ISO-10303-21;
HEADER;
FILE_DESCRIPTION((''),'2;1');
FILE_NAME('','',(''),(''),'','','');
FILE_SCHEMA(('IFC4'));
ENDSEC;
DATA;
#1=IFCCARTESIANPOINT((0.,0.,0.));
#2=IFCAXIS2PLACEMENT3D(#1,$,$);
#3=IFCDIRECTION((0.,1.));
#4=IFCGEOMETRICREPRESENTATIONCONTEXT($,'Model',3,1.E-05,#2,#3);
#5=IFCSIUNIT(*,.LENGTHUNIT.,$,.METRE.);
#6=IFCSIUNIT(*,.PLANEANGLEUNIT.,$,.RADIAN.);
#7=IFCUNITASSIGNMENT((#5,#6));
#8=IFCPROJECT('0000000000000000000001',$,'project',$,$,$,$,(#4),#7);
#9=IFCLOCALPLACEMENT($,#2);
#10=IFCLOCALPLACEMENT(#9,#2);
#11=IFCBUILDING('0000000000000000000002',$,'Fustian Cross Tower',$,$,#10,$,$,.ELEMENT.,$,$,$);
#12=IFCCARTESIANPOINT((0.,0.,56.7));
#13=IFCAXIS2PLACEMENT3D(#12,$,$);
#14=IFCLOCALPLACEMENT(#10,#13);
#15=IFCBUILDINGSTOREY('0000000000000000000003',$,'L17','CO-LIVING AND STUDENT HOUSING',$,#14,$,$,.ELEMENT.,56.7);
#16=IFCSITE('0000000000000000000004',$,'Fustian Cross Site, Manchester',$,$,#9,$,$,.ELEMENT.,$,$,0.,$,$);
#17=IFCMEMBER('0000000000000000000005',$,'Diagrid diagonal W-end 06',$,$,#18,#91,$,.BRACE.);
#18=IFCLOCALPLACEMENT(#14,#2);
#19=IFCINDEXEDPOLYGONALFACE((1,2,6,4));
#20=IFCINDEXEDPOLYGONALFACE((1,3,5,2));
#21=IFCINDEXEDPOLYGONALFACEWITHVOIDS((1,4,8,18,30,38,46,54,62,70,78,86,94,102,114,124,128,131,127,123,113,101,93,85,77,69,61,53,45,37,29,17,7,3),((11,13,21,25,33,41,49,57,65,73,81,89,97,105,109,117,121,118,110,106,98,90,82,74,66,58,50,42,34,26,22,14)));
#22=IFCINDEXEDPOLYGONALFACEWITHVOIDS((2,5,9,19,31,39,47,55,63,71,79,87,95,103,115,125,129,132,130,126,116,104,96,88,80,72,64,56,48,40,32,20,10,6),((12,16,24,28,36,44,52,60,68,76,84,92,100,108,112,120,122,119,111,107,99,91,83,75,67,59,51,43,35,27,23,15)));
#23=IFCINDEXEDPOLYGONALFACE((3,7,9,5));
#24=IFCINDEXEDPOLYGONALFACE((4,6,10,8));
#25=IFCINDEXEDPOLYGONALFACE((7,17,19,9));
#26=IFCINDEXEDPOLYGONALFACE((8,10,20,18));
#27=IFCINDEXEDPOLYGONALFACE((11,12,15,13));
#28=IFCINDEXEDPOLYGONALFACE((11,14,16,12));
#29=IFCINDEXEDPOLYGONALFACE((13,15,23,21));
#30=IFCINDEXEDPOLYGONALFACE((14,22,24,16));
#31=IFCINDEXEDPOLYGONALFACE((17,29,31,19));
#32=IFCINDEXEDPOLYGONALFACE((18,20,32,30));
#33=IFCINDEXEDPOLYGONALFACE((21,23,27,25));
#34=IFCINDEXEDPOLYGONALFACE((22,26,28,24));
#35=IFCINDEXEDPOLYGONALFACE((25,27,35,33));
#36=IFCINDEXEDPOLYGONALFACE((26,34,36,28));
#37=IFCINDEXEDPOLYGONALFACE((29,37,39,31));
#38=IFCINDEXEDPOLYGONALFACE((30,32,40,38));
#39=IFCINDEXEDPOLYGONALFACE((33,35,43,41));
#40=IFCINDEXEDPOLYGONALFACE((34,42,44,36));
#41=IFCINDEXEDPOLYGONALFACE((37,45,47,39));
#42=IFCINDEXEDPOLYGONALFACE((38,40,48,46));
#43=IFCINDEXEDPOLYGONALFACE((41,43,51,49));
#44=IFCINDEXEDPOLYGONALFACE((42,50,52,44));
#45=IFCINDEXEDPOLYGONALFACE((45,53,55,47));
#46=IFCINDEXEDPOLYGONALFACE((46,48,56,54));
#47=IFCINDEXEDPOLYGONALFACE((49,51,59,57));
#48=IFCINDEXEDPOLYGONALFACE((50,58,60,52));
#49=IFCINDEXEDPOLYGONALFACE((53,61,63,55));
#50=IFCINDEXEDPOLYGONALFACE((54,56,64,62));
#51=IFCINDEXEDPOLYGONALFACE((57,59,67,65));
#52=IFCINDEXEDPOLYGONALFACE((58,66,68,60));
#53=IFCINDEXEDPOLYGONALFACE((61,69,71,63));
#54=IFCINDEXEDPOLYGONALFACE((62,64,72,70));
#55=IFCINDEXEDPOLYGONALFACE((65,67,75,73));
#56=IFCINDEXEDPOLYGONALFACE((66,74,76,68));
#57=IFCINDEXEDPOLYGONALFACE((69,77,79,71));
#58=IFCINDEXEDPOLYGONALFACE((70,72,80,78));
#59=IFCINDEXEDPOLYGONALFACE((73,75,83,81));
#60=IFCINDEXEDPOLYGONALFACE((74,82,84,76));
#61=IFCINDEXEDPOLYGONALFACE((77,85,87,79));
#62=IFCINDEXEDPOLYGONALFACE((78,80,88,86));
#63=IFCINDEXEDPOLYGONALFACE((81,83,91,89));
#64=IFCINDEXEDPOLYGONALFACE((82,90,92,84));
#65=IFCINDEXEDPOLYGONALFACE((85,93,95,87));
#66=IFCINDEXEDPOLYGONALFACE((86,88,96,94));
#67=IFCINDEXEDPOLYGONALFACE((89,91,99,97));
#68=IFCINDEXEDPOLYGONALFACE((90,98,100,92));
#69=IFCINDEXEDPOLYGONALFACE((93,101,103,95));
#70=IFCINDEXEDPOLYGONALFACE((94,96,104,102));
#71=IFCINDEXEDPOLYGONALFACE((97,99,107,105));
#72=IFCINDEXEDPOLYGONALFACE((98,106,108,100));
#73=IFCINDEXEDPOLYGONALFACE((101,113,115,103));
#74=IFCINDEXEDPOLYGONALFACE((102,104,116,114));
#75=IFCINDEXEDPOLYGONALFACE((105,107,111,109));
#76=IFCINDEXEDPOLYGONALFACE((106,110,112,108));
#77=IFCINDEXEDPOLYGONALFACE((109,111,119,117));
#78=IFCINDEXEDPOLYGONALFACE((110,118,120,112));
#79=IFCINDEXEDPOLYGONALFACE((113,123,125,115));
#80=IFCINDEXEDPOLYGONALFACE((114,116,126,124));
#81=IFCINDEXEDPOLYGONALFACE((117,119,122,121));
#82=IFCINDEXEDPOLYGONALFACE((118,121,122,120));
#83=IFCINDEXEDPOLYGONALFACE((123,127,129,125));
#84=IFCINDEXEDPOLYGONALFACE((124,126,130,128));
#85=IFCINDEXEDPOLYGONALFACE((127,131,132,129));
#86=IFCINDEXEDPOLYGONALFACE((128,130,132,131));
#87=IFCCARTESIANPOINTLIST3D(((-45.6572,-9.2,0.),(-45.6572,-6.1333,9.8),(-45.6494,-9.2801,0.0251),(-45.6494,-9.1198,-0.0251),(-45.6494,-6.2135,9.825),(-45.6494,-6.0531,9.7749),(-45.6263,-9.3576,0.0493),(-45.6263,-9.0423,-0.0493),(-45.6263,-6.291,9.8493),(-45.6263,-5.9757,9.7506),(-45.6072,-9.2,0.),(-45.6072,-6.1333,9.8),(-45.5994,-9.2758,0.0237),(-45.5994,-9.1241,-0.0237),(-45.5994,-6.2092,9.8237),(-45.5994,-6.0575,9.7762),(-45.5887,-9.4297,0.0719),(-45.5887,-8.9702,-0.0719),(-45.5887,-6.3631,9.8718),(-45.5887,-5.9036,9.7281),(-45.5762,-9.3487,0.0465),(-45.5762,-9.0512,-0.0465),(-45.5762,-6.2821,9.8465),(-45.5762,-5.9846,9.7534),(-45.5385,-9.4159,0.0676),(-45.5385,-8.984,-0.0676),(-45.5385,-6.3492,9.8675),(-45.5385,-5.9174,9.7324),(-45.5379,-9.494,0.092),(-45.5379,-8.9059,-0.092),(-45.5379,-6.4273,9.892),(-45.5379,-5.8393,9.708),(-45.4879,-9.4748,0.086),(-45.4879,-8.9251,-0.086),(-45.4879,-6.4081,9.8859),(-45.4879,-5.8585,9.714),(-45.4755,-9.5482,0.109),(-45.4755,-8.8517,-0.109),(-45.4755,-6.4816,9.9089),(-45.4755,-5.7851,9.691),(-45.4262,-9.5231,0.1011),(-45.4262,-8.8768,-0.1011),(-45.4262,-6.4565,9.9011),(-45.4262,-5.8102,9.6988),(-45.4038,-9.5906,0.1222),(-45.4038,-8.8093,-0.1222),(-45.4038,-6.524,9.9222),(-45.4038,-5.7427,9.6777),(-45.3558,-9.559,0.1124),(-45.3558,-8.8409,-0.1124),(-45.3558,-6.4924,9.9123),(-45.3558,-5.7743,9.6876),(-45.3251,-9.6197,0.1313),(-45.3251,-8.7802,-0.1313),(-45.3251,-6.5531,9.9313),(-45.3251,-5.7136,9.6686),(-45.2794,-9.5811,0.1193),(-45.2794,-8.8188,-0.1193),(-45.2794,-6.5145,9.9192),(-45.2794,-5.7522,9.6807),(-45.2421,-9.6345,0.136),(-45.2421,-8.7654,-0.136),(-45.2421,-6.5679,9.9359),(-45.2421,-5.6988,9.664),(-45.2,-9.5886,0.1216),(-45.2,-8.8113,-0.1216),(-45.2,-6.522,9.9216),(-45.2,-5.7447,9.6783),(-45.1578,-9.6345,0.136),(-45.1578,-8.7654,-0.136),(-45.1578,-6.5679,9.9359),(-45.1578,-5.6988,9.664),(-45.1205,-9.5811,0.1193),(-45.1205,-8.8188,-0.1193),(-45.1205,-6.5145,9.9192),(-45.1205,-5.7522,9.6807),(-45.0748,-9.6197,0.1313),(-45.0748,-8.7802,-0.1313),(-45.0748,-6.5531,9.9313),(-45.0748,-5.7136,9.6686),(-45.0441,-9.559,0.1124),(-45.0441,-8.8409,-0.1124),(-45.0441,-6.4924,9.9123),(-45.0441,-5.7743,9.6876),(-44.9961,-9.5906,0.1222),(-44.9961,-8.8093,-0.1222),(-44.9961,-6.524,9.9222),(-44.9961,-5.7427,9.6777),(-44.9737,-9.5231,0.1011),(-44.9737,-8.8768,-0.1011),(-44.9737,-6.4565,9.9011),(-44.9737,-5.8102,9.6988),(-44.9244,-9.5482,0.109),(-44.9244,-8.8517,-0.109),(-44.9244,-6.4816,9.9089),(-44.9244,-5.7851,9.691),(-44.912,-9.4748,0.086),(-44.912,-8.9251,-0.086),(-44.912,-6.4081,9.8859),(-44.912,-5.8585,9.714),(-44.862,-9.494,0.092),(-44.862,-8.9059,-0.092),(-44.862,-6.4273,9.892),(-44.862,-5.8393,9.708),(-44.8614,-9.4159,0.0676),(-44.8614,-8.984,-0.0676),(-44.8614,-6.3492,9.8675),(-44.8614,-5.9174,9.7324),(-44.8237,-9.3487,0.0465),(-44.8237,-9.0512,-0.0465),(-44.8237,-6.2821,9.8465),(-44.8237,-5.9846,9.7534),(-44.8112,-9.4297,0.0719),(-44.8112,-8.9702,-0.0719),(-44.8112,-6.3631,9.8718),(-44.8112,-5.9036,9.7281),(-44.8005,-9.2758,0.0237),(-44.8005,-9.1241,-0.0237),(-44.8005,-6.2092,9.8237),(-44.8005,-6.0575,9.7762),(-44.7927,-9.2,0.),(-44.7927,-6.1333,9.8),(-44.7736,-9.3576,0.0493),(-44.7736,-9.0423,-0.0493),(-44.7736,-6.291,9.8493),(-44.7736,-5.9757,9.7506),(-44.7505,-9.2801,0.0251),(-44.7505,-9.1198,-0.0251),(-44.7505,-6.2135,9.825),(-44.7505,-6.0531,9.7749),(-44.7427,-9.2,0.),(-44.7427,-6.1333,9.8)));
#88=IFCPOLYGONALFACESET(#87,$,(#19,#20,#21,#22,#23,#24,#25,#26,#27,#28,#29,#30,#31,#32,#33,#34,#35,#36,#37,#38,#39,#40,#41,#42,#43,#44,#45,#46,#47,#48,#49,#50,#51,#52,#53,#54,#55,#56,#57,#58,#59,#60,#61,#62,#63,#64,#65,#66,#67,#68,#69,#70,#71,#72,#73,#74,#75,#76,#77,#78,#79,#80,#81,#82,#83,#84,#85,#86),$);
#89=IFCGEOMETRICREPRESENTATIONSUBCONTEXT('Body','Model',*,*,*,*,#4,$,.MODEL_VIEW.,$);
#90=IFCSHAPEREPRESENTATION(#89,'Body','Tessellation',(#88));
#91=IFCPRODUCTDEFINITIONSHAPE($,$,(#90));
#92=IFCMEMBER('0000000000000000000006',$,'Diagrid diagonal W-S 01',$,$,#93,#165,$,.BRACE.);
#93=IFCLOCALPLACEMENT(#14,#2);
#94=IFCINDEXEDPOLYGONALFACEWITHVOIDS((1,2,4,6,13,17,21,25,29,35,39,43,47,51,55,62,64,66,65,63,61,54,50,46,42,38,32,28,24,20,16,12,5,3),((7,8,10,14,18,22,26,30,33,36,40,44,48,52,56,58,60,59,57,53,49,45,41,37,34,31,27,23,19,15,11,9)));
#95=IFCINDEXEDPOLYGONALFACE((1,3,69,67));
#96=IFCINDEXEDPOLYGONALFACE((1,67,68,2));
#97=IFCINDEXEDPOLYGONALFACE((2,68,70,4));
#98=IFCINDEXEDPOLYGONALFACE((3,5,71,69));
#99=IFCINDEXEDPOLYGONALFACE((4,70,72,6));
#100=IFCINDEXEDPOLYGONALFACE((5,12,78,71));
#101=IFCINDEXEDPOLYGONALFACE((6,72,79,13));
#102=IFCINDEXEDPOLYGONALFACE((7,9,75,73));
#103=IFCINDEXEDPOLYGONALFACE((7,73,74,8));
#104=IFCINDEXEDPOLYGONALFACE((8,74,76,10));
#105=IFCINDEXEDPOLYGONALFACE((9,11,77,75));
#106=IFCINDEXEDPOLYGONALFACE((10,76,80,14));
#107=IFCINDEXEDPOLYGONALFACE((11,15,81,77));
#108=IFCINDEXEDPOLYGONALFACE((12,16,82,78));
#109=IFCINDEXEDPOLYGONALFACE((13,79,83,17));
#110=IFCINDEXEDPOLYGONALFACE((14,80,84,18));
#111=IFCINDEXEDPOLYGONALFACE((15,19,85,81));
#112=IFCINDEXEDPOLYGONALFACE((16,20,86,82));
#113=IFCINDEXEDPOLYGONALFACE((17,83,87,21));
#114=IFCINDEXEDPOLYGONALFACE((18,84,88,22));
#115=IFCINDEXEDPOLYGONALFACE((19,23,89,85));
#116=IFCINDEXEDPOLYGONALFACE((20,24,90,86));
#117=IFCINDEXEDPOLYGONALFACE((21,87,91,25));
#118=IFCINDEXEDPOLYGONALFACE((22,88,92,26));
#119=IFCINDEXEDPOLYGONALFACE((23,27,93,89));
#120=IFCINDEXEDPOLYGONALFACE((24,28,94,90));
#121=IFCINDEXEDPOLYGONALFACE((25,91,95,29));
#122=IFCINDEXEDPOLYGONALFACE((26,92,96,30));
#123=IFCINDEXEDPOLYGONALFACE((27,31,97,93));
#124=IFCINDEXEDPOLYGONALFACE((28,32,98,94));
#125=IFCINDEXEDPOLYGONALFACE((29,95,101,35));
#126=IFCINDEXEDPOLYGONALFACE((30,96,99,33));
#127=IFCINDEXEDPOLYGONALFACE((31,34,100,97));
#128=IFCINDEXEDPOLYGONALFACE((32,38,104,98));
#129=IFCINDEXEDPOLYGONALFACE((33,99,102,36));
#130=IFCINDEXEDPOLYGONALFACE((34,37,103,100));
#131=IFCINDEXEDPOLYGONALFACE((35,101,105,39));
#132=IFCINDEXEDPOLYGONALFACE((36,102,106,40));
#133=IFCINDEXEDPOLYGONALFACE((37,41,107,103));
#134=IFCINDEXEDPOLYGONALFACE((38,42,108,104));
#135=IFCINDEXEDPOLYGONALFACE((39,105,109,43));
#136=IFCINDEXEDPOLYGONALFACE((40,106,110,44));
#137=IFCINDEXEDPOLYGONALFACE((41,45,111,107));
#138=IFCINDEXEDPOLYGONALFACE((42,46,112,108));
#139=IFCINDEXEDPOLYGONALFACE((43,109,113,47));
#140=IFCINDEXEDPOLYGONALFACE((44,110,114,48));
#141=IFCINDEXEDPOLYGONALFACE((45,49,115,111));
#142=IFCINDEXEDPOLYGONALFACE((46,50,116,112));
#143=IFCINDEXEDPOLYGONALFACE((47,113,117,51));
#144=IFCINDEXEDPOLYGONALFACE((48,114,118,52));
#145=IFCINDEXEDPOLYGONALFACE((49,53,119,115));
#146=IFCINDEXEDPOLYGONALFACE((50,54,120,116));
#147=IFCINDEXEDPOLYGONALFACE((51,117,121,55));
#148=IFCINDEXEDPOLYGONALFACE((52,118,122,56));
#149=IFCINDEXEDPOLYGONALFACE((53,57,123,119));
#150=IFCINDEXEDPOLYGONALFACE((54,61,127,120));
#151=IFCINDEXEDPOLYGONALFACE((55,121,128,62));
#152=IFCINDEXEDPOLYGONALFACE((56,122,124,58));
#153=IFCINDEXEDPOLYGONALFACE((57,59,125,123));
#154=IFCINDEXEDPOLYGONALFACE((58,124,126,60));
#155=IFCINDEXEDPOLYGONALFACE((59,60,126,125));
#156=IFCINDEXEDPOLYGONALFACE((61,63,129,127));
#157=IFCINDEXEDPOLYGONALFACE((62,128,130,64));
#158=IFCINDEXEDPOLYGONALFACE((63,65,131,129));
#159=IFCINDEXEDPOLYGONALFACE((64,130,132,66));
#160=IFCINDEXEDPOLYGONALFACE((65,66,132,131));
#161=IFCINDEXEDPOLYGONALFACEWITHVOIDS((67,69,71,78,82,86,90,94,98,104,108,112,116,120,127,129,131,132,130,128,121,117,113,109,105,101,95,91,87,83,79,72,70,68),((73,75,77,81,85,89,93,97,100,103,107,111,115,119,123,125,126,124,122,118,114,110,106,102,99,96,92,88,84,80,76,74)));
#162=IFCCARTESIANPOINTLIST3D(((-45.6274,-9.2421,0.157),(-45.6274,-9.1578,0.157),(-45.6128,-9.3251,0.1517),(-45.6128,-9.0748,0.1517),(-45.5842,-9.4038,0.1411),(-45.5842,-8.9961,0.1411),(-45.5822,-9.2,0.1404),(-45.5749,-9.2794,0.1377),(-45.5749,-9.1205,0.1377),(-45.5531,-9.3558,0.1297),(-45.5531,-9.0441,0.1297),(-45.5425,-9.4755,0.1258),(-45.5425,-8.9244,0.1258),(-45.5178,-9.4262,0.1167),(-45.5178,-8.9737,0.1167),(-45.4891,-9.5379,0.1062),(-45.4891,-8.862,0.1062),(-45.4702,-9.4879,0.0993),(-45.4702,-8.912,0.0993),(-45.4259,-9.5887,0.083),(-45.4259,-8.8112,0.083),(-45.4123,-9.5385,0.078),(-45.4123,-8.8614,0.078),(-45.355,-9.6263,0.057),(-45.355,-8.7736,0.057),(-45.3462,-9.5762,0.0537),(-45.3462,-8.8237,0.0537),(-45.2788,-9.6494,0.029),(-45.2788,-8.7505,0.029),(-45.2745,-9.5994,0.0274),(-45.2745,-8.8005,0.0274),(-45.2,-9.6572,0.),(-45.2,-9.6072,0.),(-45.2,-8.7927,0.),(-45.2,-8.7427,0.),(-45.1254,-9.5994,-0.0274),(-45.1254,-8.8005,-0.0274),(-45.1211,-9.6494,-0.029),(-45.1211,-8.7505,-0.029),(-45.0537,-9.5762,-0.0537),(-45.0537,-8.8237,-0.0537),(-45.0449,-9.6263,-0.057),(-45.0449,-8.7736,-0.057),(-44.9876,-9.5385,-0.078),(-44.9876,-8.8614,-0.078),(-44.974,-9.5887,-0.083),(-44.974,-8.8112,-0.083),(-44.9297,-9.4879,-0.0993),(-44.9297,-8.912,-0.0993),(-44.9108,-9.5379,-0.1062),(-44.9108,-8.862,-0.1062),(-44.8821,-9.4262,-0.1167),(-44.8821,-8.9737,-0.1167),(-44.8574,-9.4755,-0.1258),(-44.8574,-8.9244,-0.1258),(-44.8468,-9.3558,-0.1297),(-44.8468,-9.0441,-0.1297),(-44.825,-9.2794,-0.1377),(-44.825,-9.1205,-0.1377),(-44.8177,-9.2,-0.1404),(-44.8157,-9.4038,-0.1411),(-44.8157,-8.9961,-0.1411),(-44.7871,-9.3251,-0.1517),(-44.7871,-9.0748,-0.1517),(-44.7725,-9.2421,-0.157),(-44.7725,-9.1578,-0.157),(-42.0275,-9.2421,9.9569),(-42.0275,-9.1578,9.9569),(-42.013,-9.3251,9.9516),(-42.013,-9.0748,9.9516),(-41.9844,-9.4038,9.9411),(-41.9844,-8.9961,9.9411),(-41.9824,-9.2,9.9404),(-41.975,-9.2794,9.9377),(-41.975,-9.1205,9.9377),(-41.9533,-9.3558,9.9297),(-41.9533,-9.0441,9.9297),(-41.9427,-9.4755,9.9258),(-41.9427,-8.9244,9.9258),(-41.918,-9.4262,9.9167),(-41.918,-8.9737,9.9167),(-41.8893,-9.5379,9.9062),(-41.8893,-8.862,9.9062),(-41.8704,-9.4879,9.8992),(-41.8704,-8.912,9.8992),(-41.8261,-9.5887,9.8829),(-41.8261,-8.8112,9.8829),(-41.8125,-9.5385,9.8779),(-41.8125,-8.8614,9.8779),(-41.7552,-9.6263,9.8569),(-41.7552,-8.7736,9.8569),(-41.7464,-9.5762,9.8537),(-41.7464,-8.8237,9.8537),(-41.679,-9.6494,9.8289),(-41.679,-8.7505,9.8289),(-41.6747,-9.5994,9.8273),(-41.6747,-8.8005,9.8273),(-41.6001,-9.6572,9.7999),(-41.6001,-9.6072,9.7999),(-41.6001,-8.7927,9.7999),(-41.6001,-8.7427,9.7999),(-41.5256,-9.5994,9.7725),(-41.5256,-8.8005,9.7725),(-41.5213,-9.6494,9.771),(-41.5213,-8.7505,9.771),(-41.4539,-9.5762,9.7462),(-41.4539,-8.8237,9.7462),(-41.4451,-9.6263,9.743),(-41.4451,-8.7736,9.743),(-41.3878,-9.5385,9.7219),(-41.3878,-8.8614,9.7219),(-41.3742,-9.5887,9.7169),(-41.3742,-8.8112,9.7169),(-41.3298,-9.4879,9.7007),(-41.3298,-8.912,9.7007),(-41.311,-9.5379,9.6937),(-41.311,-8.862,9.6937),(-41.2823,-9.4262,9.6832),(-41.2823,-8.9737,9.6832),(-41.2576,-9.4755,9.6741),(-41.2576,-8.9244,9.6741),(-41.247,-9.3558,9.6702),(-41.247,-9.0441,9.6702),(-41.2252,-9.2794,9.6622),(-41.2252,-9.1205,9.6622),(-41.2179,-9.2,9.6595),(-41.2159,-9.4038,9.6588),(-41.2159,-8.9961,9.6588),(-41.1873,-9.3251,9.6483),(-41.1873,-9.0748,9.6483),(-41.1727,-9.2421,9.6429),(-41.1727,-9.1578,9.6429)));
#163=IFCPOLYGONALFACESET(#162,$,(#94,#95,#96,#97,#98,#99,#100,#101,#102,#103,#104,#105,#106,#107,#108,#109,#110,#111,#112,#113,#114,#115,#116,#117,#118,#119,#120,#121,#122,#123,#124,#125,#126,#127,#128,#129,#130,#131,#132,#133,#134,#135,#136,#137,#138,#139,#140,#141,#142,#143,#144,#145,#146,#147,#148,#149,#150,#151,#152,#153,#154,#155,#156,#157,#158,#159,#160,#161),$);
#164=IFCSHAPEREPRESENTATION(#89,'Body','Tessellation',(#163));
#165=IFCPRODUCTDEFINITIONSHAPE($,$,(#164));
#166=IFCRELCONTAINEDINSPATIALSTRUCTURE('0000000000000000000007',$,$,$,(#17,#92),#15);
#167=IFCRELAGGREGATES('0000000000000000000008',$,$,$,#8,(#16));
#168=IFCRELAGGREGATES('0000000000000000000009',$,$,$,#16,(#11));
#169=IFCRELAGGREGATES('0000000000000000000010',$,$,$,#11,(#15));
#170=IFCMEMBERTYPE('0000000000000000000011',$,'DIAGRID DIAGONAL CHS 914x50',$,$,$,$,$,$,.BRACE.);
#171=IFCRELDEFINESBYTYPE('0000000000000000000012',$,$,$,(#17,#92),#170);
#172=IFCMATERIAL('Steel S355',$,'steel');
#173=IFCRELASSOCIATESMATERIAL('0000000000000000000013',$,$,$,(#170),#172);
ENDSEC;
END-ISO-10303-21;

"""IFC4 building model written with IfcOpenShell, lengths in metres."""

from ifc_helpers import new_model, si_unit, direction, frame, origin, origin_2d, place, context, subcontext, project, spatial, hollow_circle, extrude, material, material_profile, profile_set, type_object, element, save


model = new_model("IFC4")

# Units and contexts
model_context = context("Model", 3, precision=1e-05, world=origin(), true_north=direction((0.0, 1.0)))
body_context = subcontext(model_context, "Body", "Model", "MODEL_VIEW")
ifc_project = project(units=[si_unit("LENGTHUNIT", "METRE"), si_unit("PLANEANGLEUNIT", "RADIAN")], contexts=[model_context])

# Site, building, storey
site_placement = place(None, origin())
site = spatial("IfcSite", under=ifc_project, at=site_placement, Name="Fustian Cross Site, Manchester", CompositionType="ELEMENT", RefElevation=0.0)
building_placement = place(site_placement, origin())
building = spatial("IfcBuilding", under=site, at=building_placement, Name="Fustian Cross Tower", CompositionType="ELEMENT")
storey_placement = place(building_placement, frame((0.0, 0.0, 56.7)))
storey = spatial("IfcBuildingStorey", under=building, at=storey_placement, Name="L17", Description="CO-LIVING AND STUDENT HOUSING", CompositionType="ELEMENT", Elevation=56.7)

# Members
ifc_material_1 = material(Name="Steel S355", Category="steel")
ifc_material_profile_1 = material_profile(ifc_material_1, hollow_circle(Radius=0.4573, WallThickness=0.05, at=origin_2d()), Name="CHS 914x50")
ifc_profile_set_1 = profile_set([ifc_material_profile_1], Name="Steel S355")
member_type_1 = type_object("IfcMemberType", Name="DIAGRID DIAGONAL CHS 914x50", PredefinedType="BRACE", material=ifc_profile_set_1)
member_1_placement = place(storey_placement, frame((-45.2, -9.2, 0.0), z_axis=(0.0, 0.298642, 0.954365), x_axis=(-1.0, 0.0, 0.0)))
element("IfcMember", 1, at=member_1_placement, inside=storey, type_object=member_type_1, Name="Diagrid diagonal W-end 06", PredefinedType="BRACE", context=body_context, shape_type="SweptSolid", body=[
    extrude(hollow_circle(Radius=0.4573, WallThickness=0.05, at=origin_2d()), origin(), (0.0, 0.0, 1.0), 10.2686),
])
member_2_placement = place(storey_placement, frame((-45.2, -9.2, 0.0), z_axis=(0.344804, 0.0, 0.938675), x_axis=(0.0, 1.0, 0.0)))
element("IfcMember", 2, at=member_2_placement, inside=storey, type_object=member_type_1, Name="Diagrid diagonal W-S 01", PredefinedType="BRACE", context=body_context, shape_type="SweptSolid", body=[
    extrude(hollow_circle(Radius=0.4573, WallThickness=0.05, at=origin_2d()), origin(), (0.0, 0.0, 1.0), 10.4402),
])

save(model, "model.ifc")
